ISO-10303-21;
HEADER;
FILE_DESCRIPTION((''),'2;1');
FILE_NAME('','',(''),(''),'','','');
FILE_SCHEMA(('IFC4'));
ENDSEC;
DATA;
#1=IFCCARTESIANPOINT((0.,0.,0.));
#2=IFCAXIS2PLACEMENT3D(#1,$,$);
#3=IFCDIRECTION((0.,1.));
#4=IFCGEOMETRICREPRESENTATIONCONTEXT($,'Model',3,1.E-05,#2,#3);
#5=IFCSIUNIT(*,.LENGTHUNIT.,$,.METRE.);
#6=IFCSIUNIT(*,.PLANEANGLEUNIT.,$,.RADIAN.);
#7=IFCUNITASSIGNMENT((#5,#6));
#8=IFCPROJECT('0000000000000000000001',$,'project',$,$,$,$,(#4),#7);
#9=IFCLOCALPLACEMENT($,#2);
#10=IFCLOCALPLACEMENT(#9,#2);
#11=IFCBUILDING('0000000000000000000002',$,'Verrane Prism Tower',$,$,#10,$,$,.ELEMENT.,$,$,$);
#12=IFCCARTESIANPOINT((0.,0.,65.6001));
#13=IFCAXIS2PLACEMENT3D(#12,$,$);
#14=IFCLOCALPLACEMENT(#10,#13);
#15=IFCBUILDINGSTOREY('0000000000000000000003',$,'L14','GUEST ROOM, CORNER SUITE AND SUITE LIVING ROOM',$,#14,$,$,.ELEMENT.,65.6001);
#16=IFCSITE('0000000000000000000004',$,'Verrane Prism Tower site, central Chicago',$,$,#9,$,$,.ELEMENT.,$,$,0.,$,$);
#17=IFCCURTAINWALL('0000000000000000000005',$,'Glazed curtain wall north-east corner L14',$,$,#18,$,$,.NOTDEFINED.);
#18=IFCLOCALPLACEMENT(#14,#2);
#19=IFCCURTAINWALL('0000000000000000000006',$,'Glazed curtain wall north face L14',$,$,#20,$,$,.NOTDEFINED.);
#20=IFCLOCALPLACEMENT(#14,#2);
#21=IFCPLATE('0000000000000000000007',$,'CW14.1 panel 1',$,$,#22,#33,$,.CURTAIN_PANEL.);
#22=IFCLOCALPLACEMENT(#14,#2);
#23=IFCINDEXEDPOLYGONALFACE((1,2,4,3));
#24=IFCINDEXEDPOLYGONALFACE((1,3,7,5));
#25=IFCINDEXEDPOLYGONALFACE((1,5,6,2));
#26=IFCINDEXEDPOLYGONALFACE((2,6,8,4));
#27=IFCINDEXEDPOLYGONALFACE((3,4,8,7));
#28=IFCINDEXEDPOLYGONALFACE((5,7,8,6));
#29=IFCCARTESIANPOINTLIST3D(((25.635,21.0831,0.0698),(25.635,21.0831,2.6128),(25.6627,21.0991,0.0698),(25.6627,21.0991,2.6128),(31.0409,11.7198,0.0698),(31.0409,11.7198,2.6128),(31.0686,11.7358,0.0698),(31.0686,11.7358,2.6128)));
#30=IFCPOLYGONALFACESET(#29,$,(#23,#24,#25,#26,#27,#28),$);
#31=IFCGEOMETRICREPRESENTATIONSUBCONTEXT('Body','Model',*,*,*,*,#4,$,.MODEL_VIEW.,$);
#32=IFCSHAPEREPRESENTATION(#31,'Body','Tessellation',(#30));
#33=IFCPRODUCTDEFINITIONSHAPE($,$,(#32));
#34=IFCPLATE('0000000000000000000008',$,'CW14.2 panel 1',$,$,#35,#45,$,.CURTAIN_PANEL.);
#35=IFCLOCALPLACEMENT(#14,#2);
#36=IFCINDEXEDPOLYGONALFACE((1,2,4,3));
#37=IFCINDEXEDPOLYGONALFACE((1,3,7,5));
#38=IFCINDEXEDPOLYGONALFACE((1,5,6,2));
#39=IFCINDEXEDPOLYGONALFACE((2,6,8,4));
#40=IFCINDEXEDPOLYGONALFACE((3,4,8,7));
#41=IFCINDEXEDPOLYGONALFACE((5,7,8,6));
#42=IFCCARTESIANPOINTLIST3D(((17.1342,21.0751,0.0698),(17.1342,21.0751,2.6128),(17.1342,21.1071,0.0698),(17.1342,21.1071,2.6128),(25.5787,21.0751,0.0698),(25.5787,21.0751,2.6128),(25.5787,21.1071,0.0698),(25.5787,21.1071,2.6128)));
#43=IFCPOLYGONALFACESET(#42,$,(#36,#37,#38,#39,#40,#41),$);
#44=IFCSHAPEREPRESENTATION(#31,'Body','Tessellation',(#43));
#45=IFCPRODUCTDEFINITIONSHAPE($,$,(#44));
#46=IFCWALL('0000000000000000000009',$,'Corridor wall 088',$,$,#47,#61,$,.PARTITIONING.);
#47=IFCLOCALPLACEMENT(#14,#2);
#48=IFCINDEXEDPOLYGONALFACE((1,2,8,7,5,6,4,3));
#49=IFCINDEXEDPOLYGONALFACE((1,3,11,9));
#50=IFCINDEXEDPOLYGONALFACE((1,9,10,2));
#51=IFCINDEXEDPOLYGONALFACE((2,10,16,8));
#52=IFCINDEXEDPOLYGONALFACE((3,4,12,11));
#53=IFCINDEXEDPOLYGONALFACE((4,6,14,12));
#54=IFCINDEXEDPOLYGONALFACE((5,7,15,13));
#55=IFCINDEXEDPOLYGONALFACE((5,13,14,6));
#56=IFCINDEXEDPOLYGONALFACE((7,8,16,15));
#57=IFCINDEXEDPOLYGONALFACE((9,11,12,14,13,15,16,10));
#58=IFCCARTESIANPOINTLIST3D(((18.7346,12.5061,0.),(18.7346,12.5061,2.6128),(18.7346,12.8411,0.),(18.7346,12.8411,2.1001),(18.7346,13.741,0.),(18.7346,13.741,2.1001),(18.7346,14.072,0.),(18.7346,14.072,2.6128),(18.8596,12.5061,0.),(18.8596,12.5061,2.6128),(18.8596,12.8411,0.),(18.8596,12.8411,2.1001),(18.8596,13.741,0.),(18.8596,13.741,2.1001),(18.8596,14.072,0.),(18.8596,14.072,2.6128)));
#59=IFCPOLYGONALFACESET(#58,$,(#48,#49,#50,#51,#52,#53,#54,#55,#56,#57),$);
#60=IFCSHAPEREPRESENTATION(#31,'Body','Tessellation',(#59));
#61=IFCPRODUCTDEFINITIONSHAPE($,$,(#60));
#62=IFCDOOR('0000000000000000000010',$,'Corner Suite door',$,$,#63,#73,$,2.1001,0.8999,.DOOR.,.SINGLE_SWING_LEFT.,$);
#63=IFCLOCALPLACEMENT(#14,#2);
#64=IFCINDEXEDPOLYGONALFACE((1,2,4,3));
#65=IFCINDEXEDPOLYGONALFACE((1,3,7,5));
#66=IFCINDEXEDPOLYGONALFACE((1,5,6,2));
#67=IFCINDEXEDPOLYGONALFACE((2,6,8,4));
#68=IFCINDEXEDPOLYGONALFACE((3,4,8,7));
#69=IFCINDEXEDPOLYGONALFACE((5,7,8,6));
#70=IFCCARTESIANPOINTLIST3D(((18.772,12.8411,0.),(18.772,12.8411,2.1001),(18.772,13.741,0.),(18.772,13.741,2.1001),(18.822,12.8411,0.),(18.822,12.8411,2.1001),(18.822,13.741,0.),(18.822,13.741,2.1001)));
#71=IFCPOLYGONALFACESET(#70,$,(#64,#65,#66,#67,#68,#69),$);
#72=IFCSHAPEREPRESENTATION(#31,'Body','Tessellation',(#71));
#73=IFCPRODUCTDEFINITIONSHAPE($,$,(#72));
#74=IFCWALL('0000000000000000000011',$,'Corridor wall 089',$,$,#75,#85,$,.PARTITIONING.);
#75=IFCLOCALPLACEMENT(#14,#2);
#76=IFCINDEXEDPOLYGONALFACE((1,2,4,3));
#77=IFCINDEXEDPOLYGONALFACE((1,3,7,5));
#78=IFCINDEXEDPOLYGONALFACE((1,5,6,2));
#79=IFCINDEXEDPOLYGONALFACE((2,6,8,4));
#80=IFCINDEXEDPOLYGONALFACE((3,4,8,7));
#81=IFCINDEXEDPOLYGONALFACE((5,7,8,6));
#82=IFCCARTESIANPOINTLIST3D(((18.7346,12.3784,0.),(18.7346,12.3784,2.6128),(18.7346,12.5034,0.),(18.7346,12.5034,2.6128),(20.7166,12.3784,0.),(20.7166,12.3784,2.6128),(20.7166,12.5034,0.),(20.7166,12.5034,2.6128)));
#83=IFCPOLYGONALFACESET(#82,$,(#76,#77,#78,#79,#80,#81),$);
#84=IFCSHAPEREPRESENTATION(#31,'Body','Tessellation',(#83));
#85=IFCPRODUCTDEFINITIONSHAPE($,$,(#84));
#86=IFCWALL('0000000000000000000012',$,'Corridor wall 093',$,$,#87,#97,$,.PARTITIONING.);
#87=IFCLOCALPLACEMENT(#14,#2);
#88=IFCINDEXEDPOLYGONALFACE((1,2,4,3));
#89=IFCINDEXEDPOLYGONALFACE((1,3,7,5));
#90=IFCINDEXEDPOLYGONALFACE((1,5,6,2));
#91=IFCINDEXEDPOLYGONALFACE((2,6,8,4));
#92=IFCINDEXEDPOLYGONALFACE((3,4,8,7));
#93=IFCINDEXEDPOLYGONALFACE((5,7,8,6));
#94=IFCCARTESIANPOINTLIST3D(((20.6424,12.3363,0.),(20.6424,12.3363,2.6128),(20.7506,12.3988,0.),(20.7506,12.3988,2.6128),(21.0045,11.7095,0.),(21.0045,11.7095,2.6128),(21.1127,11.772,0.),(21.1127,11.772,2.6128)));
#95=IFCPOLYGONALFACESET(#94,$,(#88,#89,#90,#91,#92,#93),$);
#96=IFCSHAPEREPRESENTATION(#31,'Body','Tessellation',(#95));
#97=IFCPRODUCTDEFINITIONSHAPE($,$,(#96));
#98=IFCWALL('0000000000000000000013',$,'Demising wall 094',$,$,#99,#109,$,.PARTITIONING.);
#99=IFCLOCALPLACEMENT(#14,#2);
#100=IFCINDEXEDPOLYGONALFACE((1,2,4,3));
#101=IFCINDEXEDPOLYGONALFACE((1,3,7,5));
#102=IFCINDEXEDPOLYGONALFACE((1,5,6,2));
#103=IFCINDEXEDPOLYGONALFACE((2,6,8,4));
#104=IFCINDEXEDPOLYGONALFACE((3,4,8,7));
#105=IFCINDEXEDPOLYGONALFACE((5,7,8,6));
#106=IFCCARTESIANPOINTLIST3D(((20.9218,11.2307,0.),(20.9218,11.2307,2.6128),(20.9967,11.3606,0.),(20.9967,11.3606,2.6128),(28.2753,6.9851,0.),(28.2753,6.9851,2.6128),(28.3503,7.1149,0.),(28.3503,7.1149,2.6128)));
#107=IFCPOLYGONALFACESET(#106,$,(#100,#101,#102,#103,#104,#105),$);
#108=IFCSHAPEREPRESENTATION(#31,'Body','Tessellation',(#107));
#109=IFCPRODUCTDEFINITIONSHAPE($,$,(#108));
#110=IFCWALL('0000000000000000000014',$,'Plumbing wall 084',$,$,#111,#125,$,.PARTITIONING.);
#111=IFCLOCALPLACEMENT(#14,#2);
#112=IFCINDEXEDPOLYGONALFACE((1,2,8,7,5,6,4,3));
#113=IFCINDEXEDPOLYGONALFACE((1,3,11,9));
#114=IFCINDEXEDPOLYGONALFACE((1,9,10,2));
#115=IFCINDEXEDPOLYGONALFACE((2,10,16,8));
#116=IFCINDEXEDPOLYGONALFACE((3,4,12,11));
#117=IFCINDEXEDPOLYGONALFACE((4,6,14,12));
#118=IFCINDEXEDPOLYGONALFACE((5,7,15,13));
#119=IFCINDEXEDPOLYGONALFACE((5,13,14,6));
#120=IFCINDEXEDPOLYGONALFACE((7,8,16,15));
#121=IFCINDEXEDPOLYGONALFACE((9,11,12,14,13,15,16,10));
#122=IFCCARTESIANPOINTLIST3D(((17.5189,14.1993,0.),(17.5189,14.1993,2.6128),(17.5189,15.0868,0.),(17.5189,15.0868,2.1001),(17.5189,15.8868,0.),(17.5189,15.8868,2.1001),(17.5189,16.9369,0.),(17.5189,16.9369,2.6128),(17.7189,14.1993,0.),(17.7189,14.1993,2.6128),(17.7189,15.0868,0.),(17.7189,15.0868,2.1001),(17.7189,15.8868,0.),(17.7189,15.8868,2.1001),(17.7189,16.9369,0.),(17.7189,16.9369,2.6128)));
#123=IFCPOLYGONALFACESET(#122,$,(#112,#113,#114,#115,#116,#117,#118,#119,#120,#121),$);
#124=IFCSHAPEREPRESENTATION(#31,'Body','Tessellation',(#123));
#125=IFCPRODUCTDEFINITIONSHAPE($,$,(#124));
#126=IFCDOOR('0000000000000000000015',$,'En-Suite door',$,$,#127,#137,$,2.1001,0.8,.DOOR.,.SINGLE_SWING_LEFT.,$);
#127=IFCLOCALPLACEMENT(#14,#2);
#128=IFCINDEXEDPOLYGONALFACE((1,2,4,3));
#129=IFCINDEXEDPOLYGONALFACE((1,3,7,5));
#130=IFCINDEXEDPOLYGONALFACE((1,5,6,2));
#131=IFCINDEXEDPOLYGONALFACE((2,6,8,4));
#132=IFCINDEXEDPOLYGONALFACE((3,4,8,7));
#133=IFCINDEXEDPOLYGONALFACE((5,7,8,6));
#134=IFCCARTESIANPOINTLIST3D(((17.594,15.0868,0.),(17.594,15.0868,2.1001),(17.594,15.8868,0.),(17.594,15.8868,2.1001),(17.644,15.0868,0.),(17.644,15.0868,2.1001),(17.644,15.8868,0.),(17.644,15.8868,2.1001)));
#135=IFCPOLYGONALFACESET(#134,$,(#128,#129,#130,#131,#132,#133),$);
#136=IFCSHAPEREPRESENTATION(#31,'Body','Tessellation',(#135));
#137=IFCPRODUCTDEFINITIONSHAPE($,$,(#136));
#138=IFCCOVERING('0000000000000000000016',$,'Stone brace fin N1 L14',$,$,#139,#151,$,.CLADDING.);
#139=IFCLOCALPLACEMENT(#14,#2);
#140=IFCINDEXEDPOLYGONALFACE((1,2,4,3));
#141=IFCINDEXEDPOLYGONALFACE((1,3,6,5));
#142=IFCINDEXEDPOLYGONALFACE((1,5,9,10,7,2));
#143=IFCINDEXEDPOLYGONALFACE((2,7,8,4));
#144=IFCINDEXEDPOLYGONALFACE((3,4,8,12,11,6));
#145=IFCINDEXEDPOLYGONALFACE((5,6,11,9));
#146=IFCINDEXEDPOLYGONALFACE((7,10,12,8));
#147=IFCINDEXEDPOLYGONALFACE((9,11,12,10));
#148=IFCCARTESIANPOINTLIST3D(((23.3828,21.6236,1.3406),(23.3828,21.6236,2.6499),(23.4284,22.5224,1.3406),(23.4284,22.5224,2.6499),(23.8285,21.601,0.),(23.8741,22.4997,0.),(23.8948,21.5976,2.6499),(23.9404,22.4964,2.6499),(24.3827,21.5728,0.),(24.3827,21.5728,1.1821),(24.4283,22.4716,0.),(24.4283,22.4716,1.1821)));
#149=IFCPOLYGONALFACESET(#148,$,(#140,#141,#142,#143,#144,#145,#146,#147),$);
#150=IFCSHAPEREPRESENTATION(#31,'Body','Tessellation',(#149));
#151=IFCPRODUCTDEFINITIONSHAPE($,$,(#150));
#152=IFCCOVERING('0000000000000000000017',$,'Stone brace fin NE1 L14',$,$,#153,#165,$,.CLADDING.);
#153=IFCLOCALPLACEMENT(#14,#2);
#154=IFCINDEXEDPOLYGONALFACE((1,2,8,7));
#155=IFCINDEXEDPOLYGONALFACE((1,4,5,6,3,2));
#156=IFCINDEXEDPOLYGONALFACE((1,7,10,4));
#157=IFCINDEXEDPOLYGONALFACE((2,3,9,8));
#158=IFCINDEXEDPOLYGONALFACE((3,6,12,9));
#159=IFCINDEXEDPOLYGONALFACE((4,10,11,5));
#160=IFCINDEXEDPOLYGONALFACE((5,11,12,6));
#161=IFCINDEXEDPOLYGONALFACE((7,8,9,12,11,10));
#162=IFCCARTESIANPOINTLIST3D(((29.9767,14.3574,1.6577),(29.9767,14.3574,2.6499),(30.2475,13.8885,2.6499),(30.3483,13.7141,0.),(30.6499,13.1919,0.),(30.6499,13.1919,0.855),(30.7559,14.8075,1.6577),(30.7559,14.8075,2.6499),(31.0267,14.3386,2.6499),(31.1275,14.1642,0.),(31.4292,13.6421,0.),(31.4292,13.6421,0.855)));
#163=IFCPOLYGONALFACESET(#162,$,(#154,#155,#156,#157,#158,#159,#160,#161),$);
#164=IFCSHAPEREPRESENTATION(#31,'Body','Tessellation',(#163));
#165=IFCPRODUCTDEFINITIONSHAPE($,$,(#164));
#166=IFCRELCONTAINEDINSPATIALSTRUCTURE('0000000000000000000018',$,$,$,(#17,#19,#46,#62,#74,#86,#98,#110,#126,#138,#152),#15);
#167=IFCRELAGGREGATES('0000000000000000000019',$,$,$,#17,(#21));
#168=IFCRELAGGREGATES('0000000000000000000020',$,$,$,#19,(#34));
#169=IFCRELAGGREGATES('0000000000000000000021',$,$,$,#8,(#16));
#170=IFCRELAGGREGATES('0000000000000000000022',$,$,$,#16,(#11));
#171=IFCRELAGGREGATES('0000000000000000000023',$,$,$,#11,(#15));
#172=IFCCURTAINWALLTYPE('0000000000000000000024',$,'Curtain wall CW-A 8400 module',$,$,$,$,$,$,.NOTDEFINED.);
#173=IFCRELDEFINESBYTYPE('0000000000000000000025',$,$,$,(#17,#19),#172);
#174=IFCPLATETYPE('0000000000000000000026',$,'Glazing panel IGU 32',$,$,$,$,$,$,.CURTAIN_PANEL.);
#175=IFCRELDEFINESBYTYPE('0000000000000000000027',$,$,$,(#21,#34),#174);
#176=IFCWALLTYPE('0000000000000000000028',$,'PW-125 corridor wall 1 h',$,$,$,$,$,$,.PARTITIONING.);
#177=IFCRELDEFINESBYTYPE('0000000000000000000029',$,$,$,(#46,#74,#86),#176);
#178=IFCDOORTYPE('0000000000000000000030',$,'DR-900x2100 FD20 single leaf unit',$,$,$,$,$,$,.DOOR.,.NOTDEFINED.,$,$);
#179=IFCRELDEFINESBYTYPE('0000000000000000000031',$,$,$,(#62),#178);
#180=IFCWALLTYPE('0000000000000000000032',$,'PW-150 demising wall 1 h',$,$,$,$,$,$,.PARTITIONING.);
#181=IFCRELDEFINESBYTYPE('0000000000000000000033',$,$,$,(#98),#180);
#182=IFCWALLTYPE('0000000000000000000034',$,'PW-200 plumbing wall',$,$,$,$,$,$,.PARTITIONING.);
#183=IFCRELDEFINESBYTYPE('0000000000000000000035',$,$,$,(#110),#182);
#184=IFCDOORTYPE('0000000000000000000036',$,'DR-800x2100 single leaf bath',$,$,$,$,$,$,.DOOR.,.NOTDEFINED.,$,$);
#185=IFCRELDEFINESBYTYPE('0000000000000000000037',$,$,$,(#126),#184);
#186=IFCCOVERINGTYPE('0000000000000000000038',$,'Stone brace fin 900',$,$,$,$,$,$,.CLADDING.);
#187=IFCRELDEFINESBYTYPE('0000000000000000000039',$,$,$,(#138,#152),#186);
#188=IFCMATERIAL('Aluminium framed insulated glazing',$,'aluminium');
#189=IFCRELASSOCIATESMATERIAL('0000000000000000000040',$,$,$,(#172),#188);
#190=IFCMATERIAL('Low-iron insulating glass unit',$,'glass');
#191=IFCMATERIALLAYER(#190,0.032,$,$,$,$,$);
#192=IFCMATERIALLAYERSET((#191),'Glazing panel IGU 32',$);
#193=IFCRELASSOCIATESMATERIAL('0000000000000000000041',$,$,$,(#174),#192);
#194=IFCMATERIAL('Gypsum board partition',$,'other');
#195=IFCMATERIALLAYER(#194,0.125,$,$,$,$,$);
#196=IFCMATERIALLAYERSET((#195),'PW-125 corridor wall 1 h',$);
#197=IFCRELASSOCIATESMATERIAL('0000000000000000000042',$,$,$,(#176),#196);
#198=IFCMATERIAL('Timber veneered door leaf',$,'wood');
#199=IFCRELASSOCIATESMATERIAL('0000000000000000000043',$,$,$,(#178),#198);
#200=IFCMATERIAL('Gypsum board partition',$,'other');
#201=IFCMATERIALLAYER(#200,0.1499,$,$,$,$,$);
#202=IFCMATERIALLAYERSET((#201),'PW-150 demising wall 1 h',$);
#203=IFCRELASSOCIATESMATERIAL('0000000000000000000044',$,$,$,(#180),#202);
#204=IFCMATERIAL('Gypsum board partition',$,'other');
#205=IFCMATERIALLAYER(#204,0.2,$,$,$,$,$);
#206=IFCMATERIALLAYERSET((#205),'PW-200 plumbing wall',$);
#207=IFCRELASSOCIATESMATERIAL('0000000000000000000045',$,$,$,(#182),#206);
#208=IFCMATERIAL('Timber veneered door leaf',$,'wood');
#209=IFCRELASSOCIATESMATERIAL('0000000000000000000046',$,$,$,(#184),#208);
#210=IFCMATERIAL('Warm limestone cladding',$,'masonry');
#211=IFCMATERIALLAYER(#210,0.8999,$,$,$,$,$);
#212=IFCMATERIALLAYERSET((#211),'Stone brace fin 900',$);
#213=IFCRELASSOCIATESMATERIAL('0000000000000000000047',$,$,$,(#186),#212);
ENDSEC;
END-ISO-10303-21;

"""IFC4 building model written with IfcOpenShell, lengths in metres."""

from ifc_helpers import new_model, si_unit, direction, frame, frame_2d, origin, origin_2d, place, context, subcontext, project, spatial, polyline, rectangle, outline, extrude, material, layer, layer_set, type_object, element, fill, aggregate, save


model = new_model("IFC4")

# Units and contexts
model_context = context("Model", 3, precision=1e-05, world=origin(), true_north=direction((0.0, 1.0)))
body_context = subcontext(model_context, "Body", "Model", "MODEL_VIEW")
ifc_project = project(units=[si_unit("LENGTHUNIT", "METRE"), si_unit("PLANEANGLEUNIT", "RADIAN")], contexts=[model_context])

# Site, building, storey
site_placement = place(None, origin())
site = spatial("IfcSite", under=ifc_project, at=site_placement, Name="Verrane Prism Tower site, central Chicago", CompositionType="ELEMENT", RefElevation=0.0)
building_placement = place(site_placement, origin())
building = spatial("IfcBuilding", under=site, at=building_placement, Name="Verrane Prism Tower", CompositionType="ELEMENT")
storey_placement = place(building_placement, frame((0.0, 0.0, 65.6001)))
storey = spatial("IfcBuildingStorey", under=building, at=storey_placement, Name="L14", Description="GUEST ROOM, CORNER SUITE AND SUITE LIVING ROOM", CompositionType="ELEMENT", Elevation=65.6001)

# Curtain wall
ifc_material_1 = material(Name="Aluminium framed insulated glazing", Category="aluminium")
curtain_wall_type = type_object("IfcCurtainWallType", Name="Curtain wall CW-A 8400 module", PredefinedType="NOTDEFINED", material=ifc_material_1)
curtain_wall_1_placement = place(storey_placement, origin())
curtain_wall_1 = element("IfcCurtainWall", 1, at=curtain_wall_1_placement, inside=storey, type_object=curtain_wall_type, Name="Glazed curtain wall north-east corner L14", PredefinedType="NOTDEFINED")

# Curtain wall
curtain_wall_2_placement = place(storey_placement, origin())
curtain_wall_2 = element("IfcCurtainWall", 2, at=curtain_wall_2_placement, inside=storey, type_object=curtain_wall_type, Name="Glazed curtain wall north face L14", PredefinedType="NOTDEFINED")

# Plates
ifc_material_2 = material(Name="Low-iron insulating glass unit", Category="glass")
ifc_layer_1 = layer(ifc_material_2, 0.032)
ifc_layer_set_1 = layer_set([ifc_layer_1], Name="Glazing panel IGU 32")
plate_type = type_object("IfcPlateType", Name="Glazing panel IGU 32", PredefinedType="CURTAIN_PANEL", material=ifc_layer_set_1)
plate_1_placement = place(storey_placement, frame((28.3518, 16.4094, 0.0698), z_axis=(0.0, 0.0, 1.0), x_axis=(-0.499997, 0.866027, 0.0)))
plate_1 = element("IfcPlate", 3, at=plate_1_placement, type_object=plate_type, Name="CW14.1 panel 1", PredefinedType="CURTAIN_PANEL", context=body_context, shape_type="SweptSolid", body=[
    extrude(rectangle(XDim=10.8118, YDim=0.032, at=origin_2d()), origin(), (0.0, 0.0, 1.0), 2.543),
])
aggregate(curtain_wall_1, [plate_1])
plate_2_placement = place(storey_placement, frame((21.3564, 21.0911, 0.0698), z_axis=(0.0, 0.0, 1.0), x_axis=(-1.0, 0.0, 0.0)))
plate_2 = element("IfcPlate", 4, at=plate_2_placement, type_object=plate_type, Name="CW14.2 panel 1", PredefinedType="CURTAIN_PANEL", context=body_context, shape_type="SweptSolid", body=[
    extrude(rectangle(XDim=8.4446, YDim=0.032, at=origin_2d()), origin(), (0.0, 0.0, 1.0), 2.543),
])
aggregate(curtain_wall_2, [plate_2])

# Wall, opening, door
ifc_material_3 = material(Name="Gypsum board partition", Category="other")
ifc_layer_2 = layer(ifc_material_3, 0.125)
ifc_layer_set_2 = layer_set([ifc_layer_2], Name="PW-125 corridor wall 1 h")
wall_type_1 = type_object("IfcWallType", Name="PW-125 corridor wall 1 h", PredefinedType="PARTITIONING", material=ifc_layer_set_2)
wall_1_placement = place(storey_placement, frame((18.7971, 14.072, 0.0), z_axis=(0.0, 0.0, 1.0), x_axis=(0.0, -1.0, 0.0)))
wall_1 = element("IfcWall", 5, at=wall_1_placement, inside=storey, type_object=wall_type_1, Name="Corridor wall 088", PredefinedType="PARTITIONING", context=body_context, shape_type="SweptSolid", body=[
    extrude(rectangle(XDim=1.5659, YDim=0.125, at=frame_2d((0.783, 0.0))), origin(), (0.0, 0.0, 1.0), 2.6128),
])
opening_1_placement = place(wall_1_placement, frame((0.3311, 0.0, 0.0)))
opening_1 = element("IfcOpeningElement", 6, at=opening_1_placement, cuts=wall_1, PredefinedType="OPENING", context=body_context, shape_type="SweptSolid", body=[
    extrude(rectangle(XDim=0.8999, YDim=2.1001, at=frame_2d((0.45, 1.05))), frame((0.0, 0.0725, 0.0), z_axis=(0.0, -1.0, 0.0), x_axis=(1.0, 0.0, 0.0)), (0.0, 0.0, 1.0), 0.145),
])
ifc_material_4 = material(Name="Timber veneered door leaf", Category="wood")
door_type_1 = type_object("IfcDoorType", Name="DR-900x2100 FD20 single leaf unit", OperationType="NOTDEFINED", PredefinedType="DOOR", material=ifc_material_4)
door_1_placement = place(opening_1_placement, origin())
door_1 = element("IfcDoor", 7, at=door_1_placement, inside=storey, type_object=door_type_1, Name="Corner Suite door", OperationType="SINGLE_SWING_LEFT", OverallHeight=2.1001, OverallWidth=0.8999, PredefinedType="DOOR", context=body_context, shape_type="SweptSolid", body=[
    extrude(rectangle(XDim=0.8999, YDim=2.1001, at=frame_2d((0.45, 1.05))), frame((0.0, 0.0249, 0.0), z_axis=(0.0, -1.0, 0.0), x_axis=(1.0, 0.0, 0.0)), (0.0, 0.0, 1.0), 0.05),
])
fill(opening_1, door_1)

# Walls
wall_2_placement = place(storey_placement, frame((18.7346, 12.4409, 0.0), z_axis=(0.0, 0.0, 1.0), x_axis=(1.0, 0.0, 0.0)))
element("IfcWall", 8, at=wall_2_placement, inside=storey, type_object=wall_type_1, Name="Corridor wall 089", PredefinedType="PARTITIONING", context=body_context, shape_type="SweptSolid", body=[
    extrude(rectangle(XDim=1.9819, YDim=0.125, at=frame_2d((0.991, 0.0))), origin(), (0.0, 0.0, 1.0), 2.6128),
])
wall_3_placement = place(storey_placement, frame((20.6965, 12.3674, 0.0), z_axis=(0.0, 0.0, 1.0), x_axis=(0.500238, -0.865888, 0.0)))
element("IfcWall", 9, at=wall_3_placement, inside=storey, type_object=wall_type_1, Name="Corridor wall 093", PredefinedType="PARTITIONING", context=body_context, shape_type="SweptSolid", body=[
    extrude(rectangle(XDim=0.7239, YDim=0.125, at=frame_2d((0.3618, 0.0))), origin(), (0.0, 0.0, 1.0), 2.6128),
])
ifc_material_5 = material(Name="Gypsum board partition", Category="other")
ifc_layer_3 = layer(ifc_material_5, 0.1499)
ifc_layer_set_3 = layer_set([ifc_layer_3], Name="PW-150 demising wall 1 h")
wall_type_2 = type_object("IfcWallType", Name="PW-150 demising wall 1 h", PredefinedType="PARTITIONING", material=ifc_layer_set_3)
wall_4_placement = place(storey_placement, frame((20.9592, 11.2957, 0.0), z_axis=(0.0, 0.0, 1.0), x_axis=(0.866023, -0.500005, 0.0)))
element("IfcWall", 10, at=wall_4_placement, inside=storey, type_object=wall_type_2, Name="Demising wall 094", PredefinedType="PARTITIONING", context=body_context, shape_type="SweptSolid", body=[
    extrude(rectangle(XDim=8.4912, YDim=0.1499, at=frame_2d((4.2456, 0.0))), origin(), (0.0, 0.0, 1.0), 2.6128),
])

# Wall, opening, door
ifc_material_6 = material(Name="Gypsum board partition", Category="other")
ifc_layer_4 = layer(ifc_material_6, 0.2)
ifc_layer_set_4 = layer_set([ifc_layer_4], Name="PW-200 plumbing wall")
wall_type_3 = type_object("IfcWallType", Name="PW-200 plumbing wall", PredefinedType="PARTITIONING", material=ifc_layer_set_4)
wall_5_placement = place(storey_placement, frame((17.6189, 14.1995, 0.0), z_axis=(0.0, 0.0, 1.0), x_axis=(0.0, 1.0, 0.0)))
wall_5 = element("IfcWall", 11, at=wall_5_placement, inside=storey, type_object=wall_type_3, Name="Plumbing wall 084", PredefinedType="PARTITIONING", context=body_context, shape_type="SweptSolid", body=[
    extrude(rectangle(XDim=2.7375, YDim=0.2, at=frame_2d((1.3687, 0.0))), origin(), (0.0, 0.0, 1.0), 2.6128),
])
opening_2_placement = place(wall_5_placement, frame((0.8875, 0.0, 0.0)))
opening_2 = element("IfcOpeningElement", 12, at=opening_2_placement, cuts=wall_5, PredefinedType="OPENING", context=body_context, shape_type="SweptSolid", body=[
    extrude(rectangle(XDim=0.8, YDim=2.1001, at=frame_2d((0.3999, 1.05))), frame((0.0, 0.1099, 0.0), z_axis=(0.0, -1.0, 0.0), x_axis=(1.0, 0.0, 0.0)), (0.0, 0.0, 1.0), 0.22),
])
ifc_material_7 = material(Name="Timber veneered door leaf", Category="wood")
door_type_2 = type_object("IfcDoorType", Name="DR-800x2100 single leaf bath", OperationType="NOTDEFINED", PredefinedType="DOOR", material=ifc_material_7)
door_2_placement = place(opening_2_placement, origin())
door_2 = element("IfcDoor", 13, at=door_2_placement, inside=storey, type_object=door_type_2, Name="En-Suite door", OperationType="SINGLE_SWING_LEFT", OverallHeight=2.1001, OverallWidth=0.8, PredefinedType="DOOR", context=body_context, shape_type="SweptSolid", body=[
    extrude(rectangle(XDim=0.8, YDim=2.1001, at=frame_2d((0.3999, 1.05))), frame((0.0, 0.0249, 0.0), z_axis=(0.0, -1.0, 0.0), x_axis=(1.0, 0.0, 0.0)), (0.0, 0.0, 1.0), 0.05),
])
fill(opening_2, door_2)

# Coverings
ifc_material_8 = material(Name="Warm limestone cladding", Category="masonry")
ifc_layer_5 = layer(ifc_material_8, 0.8999)
ifc_layer_set_5 = layer_set([ifc_layer_5], Name="Stone brace fin 900")
covering_type = type_object("IfcCoveringType", Name="Stone brace fin 900", PredefinedType="CLADDING", material=ifc_layer_set_5)
covering_1_placement = place(storey_placement, frame((24.4055, 22.0222, 0.0), z_axis=(0.0, 0.0, 1.0), x_axis=(-0.998713, 0.050716, 0.0)))
element("IfcCovering", 14, at=covering_1_placement, inside=storey, type_object=covering_type, Name="Stone brace fin N1 L14", PredefinedType="CLADDING", context=body_context, shape_type="SweptSolid", body=[
    extrude(outline(polyline([(1.0012, 2.6499), (0.4885, 2.6499), (0.0, 1.1821), (0.0, 0.0), (0.5549, 0.0), (1.0012, 1.3406), (1.0012, 2.6499)])), frame((0.0, 0.45, 0.0), z_axis=(0.0, -1.0, 0.0), x_axis=(1.0, 0.0, 0.0)), (0.0, 0.0, 1.0), 0.8999),
])
covering_2_placement = place(storey_placement, frame((31.0396, 13.417, 0.0), z_axis=(0.0, 0.0, 1.0), x_axis=(-0.500235, 0.86589, 0.0)))
element("IfcCovering", 15, at=covering_2_placement, inside=storey, type_object=covering_type, Name="Stone brace fin NE1 L14", PredefinedType="CLADDING", context=body_context, shape_type="SweptSolid", body=[
    extrude(outline(polyline([(1.3459, 2.6499), (0.8044, 2.6499), (0.0, 0.855), (0.0, 0.0), (0.603, 0.0), (1.3459, 1.6577), (1.3459, 2.6499)])), frame((0.0, 0.45, 0.0), z_axis=(0.0, -1.0, 0.0), x_axis=(1.0, 0.0, 0.0)), (0.0, 0.0, 1.0), 0.8999),
])

save(model, "model.ifc")
